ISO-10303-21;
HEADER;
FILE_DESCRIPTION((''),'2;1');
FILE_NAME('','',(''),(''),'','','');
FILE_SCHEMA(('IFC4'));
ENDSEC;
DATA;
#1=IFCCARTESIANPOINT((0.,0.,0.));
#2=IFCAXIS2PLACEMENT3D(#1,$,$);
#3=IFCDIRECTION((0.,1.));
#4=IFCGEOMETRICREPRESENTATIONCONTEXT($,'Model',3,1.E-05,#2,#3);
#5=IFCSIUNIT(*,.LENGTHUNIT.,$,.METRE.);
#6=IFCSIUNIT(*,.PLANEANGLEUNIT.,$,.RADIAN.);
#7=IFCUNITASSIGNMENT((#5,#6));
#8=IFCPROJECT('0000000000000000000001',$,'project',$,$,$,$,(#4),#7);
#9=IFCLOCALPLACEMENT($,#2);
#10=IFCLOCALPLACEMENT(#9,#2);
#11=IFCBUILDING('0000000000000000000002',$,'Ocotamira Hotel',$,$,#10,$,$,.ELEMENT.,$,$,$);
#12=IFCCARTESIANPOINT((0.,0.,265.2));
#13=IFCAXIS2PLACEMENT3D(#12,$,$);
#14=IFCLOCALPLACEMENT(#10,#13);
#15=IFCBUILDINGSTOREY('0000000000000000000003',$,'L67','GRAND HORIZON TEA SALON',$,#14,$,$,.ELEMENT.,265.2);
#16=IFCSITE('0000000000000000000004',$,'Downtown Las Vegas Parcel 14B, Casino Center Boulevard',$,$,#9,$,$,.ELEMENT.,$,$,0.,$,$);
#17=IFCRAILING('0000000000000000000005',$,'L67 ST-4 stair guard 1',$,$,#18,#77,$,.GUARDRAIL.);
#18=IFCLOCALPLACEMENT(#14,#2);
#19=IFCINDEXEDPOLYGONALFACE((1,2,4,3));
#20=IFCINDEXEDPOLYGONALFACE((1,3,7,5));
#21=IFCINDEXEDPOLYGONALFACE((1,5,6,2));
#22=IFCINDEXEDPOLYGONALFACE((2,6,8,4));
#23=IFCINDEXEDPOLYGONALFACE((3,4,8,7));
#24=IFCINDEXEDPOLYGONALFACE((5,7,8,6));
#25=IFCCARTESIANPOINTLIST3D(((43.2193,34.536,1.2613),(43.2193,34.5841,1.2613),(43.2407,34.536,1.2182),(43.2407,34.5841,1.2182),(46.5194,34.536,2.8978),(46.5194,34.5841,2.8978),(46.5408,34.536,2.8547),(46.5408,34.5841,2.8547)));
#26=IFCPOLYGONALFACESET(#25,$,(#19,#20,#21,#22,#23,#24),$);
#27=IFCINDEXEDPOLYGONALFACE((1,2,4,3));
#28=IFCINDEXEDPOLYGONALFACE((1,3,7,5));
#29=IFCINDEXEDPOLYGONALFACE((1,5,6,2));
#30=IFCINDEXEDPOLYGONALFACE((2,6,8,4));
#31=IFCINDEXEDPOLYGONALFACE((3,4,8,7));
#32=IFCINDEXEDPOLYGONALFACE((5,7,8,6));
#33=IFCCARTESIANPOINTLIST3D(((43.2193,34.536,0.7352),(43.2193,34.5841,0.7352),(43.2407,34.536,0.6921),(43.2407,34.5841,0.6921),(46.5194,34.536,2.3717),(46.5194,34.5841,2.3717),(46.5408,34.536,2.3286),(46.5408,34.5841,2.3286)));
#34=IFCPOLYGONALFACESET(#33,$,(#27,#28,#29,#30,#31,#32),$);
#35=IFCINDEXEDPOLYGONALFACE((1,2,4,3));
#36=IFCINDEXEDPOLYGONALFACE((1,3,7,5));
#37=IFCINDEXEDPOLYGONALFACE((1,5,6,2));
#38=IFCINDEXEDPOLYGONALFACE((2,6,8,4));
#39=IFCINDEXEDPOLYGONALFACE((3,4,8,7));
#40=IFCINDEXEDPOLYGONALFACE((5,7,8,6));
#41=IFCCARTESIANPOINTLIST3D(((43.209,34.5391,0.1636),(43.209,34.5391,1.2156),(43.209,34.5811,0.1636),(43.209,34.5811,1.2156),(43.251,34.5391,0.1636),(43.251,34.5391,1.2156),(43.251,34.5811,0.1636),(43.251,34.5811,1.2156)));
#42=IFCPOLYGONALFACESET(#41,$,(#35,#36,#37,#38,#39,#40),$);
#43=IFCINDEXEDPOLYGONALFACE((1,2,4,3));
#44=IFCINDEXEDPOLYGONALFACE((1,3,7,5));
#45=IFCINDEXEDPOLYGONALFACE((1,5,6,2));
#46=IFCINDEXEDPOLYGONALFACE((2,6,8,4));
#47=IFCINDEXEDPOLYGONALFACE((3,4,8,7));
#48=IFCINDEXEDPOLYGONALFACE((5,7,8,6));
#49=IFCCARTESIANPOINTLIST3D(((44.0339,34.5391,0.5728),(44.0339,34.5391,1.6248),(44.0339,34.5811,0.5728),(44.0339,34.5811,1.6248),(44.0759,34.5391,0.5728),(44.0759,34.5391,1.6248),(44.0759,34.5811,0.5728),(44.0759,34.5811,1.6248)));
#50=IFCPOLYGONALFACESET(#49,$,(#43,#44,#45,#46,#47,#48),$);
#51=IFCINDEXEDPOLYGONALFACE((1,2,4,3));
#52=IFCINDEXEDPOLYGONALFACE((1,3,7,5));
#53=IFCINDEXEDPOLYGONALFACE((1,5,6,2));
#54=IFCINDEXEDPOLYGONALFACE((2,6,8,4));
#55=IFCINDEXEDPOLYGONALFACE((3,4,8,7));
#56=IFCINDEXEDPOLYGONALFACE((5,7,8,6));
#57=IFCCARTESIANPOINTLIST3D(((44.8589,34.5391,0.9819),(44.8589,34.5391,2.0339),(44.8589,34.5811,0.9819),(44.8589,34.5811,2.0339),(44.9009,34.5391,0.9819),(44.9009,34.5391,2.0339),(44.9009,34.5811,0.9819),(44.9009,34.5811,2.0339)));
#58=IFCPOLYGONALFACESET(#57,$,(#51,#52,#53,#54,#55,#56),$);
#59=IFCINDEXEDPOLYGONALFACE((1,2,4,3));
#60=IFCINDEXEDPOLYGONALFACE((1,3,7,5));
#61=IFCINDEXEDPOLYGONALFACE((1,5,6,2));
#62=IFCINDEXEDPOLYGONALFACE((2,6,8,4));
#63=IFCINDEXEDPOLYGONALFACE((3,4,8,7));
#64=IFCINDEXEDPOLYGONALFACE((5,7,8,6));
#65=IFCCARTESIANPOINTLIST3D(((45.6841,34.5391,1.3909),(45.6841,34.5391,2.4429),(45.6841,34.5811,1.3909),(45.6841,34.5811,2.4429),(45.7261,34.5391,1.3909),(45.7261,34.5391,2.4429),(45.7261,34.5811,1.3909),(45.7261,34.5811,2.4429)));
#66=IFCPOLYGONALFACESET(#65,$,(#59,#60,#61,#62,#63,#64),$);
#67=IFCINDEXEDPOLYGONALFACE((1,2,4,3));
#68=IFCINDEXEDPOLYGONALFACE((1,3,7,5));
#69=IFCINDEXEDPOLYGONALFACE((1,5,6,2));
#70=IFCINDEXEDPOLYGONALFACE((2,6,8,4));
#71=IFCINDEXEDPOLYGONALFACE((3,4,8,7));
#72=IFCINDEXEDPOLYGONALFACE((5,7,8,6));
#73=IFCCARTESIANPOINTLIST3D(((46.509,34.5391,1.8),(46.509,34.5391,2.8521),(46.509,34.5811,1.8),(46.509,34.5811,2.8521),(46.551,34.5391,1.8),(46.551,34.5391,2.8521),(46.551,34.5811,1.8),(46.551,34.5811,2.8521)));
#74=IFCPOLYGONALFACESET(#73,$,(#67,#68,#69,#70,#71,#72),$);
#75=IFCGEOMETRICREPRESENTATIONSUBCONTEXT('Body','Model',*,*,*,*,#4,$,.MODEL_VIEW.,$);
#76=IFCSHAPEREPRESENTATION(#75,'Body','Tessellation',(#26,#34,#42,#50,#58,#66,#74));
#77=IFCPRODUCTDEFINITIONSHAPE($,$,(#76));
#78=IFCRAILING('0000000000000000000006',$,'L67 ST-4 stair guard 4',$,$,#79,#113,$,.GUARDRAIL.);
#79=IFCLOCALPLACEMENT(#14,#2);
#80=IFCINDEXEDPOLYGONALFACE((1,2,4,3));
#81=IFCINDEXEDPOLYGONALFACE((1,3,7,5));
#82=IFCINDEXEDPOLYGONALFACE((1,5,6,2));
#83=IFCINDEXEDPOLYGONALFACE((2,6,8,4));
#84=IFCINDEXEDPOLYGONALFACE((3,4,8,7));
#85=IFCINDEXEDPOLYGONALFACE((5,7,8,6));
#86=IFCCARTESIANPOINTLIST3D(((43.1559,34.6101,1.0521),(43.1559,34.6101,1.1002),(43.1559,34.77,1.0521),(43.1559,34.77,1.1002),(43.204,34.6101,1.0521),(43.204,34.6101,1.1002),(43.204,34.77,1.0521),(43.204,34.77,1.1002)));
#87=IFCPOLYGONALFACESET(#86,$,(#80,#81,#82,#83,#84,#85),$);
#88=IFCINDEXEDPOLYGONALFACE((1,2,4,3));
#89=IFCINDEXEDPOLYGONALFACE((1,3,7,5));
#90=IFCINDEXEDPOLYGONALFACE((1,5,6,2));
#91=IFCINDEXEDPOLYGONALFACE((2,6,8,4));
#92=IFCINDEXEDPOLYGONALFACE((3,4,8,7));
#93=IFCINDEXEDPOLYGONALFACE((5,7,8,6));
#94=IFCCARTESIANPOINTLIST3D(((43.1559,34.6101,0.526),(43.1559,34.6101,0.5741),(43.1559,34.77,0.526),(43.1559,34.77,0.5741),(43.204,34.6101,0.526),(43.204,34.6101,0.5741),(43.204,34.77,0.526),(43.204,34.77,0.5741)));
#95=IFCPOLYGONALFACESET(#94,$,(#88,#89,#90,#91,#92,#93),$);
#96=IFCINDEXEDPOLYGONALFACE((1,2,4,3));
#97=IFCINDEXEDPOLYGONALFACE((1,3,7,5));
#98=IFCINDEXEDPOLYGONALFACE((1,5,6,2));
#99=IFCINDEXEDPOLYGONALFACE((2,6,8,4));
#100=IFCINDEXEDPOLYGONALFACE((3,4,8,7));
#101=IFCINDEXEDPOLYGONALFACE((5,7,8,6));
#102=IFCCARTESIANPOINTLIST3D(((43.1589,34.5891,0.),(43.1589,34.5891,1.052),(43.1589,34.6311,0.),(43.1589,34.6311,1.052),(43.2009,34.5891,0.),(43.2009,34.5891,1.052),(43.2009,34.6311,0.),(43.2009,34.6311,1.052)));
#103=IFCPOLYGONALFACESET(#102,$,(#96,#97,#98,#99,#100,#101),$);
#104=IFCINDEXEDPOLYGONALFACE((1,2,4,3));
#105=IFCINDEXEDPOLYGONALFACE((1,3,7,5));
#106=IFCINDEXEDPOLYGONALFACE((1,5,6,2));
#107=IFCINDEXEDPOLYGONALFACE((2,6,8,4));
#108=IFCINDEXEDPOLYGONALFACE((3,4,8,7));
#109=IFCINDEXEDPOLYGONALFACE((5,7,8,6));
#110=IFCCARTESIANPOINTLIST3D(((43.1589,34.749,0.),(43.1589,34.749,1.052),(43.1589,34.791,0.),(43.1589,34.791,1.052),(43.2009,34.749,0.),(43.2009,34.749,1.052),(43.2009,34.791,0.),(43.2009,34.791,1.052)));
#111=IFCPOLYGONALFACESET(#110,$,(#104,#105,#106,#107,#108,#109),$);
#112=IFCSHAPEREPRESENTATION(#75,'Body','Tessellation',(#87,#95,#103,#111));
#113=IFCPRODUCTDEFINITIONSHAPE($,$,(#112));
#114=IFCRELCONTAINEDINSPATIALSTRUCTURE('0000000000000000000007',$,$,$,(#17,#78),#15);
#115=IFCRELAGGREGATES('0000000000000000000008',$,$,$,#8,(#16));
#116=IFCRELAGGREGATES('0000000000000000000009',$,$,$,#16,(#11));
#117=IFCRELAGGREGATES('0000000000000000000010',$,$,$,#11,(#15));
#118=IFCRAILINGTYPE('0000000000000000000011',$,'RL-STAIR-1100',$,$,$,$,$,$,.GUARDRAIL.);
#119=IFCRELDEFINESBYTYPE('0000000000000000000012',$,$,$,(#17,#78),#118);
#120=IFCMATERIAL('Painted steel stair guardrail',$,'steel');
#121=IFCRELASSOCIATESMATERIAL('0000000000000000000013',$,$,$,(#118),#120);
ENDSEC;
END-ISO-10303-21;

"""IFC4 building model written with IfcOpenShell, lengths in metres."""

from ifc_helpers import new_model, si_unit, direction, frame, origin, origin_2d, place, context, subcontext, project, spatial, rectangle, extrude, material, type_object, element, save


model = new_model("IFC4")

# Units and contexts
model_context = context("Model", 3, precision=1e-05, world=origin(), true_north=direction((0.0, 1.0)))
body_context = subcontext(model_context, "Body", "Model", "MODEL_VIEW")
ifc_project = project(units=[si_unit("LENGTHUNIT", "METRE"), si_unit("PLANEANGLEUNIT", "RADIAN")], contexts=[model_context])

# Site, building, storey
site_placement = place(None, origin())
site = spatial("IfcSite", under=ifc_project, at=site_placement, Name="Downtown Las Vegas Parcel 14B, Casino Center Boulevard", CompositionType="ELEMENT", RefElevation=0.0)
building_placement = place(site_placement, origin())
building = spatial("IfcBuilding", under=site, at=building_placement, Name="Ocotamira Hotel", CompositionType="ELEMENT")
storey_placement = place(building_placement, frame((0.0, 0.0, 265.2)))
storey = spatial("IfcBuildingStorey", under=building, at=storey_placement, Name="L67", Description="GRAND HORIZON TEA SALON", CompositionType="ELEMENT", Elevation=265.2)

# Railings
ifc_material_1 = material(Name="Painted steel stair guardrail", Category="steel")
railing_type_1 = type_object("IfcRailingType", Name="RL-STAIR-1100", PredefinedType="GUARDRAIL", material=ifc_material_1)
railing_1_placement = place(storey_placement, frame((43.23, 34.5601, 0.1636)))
element("IfcRailing", 1, at=railing_1_placement, inside=storey, type_object=railing_type_1, Name="L67 ST-4 stair guard 1", PredefinedType="GUARDRAIL", context=body_context, shape_type="SweptSolid", body=[
    extrude(rectangle(XDim=0.0481, YDim=0.0481, at=origin_2d()), frame((0.0, 0.0, 1.0762), z_axis=(0.895894, 0.0, 0.444268), x_axis=(0.0, 1.0, 0.0)), (0.0, 0.0, 1.0), 3.6836),
    extrude(rectangle(XDim=0.0481, YDim=0.0481, at=origin_2d()), frame((0.0, 0.0, 0.55), z_axis=(0.895894, 0.0, 0.444268), x_axis=(0.0, 1.0, 0.0)), (0.0, 0.0, 1.0), 3.6836),
    extrude(rectangle(XDim=0.042, YDim=0.042, at=origin_2d()), origin(), (0.0, 0.0, 1.0), 1.052),
    extrude(rectangle(XDim=0.042, YDim=0.042, at=origin_2d()), frame((0.825, 0.0, 0.4092)), (0.0, 0.0, 1.0), 1.052),
    extrude(rectangle(XDim=0.042, YDim=0.042, at=origin_2d()), frame((1.6499, 0.0, 0.8184)), (0.0, 0.0, 1.0), 1.052),
    extrude(rectangle(XDim=0.042, YDim=0.042, at=origin_2d()), frame((2.4751, 0.0, 1.2273)), (0.0, 0.0, 1.0), 1.052),
    extrude(rectangle(XDim=0.042, YDim=0.042, at=origin_2d()), frame((3.3, 0.0, 1.6365)), (0.0, 0.0, 1.0), 1.052),
])
railing_2_placement = place(storey_placement, frame((43.1799, 34.6101, 0.0)))
element("IfcRailing", 2, at=railing_2_placement, inside=storey, type_object=railing_type_1, Name="L67 ST-4 stair guard 4", PredefinedType="GUARDRAIL", context=body_context, shape_type="SweptSolid", body=[
    extrude(rectangle(XDim=0.0481, YDim=0.0481, at=origin_2d()), frame((0.0, 0.0, 1.0762), z_axis=(0.0, 1.0, 0.0), x_axis=(-1.0, 0.0, 0.0)), (0.0, 0.0, 1.0), 0.1599),
    extrude(rectangle(XDim=0.0481, YDim=0.0481, at=origin_2d()), frame((0.0, 0.0, 0.55), z_axis=(0.0, 1.0, 0.0), x_axis=(-1.0, 0.0, 0.0)), (0.0, 0.0, 1.0), 0.1599),
    extrude(rectangle(XDim=0.042, YDim=0.042, at=origin_2d()), origin(), (0.0, 0.0, 1.0), 1.052),
    extrude(rectangle(XDim=0.042, YDim=0.042, at=origin_2d()), frame((0.0, 0.1599, 0.0)), (0.0, 0.0, 1.0), 1.052),
])

save(model, "model.ifc")
